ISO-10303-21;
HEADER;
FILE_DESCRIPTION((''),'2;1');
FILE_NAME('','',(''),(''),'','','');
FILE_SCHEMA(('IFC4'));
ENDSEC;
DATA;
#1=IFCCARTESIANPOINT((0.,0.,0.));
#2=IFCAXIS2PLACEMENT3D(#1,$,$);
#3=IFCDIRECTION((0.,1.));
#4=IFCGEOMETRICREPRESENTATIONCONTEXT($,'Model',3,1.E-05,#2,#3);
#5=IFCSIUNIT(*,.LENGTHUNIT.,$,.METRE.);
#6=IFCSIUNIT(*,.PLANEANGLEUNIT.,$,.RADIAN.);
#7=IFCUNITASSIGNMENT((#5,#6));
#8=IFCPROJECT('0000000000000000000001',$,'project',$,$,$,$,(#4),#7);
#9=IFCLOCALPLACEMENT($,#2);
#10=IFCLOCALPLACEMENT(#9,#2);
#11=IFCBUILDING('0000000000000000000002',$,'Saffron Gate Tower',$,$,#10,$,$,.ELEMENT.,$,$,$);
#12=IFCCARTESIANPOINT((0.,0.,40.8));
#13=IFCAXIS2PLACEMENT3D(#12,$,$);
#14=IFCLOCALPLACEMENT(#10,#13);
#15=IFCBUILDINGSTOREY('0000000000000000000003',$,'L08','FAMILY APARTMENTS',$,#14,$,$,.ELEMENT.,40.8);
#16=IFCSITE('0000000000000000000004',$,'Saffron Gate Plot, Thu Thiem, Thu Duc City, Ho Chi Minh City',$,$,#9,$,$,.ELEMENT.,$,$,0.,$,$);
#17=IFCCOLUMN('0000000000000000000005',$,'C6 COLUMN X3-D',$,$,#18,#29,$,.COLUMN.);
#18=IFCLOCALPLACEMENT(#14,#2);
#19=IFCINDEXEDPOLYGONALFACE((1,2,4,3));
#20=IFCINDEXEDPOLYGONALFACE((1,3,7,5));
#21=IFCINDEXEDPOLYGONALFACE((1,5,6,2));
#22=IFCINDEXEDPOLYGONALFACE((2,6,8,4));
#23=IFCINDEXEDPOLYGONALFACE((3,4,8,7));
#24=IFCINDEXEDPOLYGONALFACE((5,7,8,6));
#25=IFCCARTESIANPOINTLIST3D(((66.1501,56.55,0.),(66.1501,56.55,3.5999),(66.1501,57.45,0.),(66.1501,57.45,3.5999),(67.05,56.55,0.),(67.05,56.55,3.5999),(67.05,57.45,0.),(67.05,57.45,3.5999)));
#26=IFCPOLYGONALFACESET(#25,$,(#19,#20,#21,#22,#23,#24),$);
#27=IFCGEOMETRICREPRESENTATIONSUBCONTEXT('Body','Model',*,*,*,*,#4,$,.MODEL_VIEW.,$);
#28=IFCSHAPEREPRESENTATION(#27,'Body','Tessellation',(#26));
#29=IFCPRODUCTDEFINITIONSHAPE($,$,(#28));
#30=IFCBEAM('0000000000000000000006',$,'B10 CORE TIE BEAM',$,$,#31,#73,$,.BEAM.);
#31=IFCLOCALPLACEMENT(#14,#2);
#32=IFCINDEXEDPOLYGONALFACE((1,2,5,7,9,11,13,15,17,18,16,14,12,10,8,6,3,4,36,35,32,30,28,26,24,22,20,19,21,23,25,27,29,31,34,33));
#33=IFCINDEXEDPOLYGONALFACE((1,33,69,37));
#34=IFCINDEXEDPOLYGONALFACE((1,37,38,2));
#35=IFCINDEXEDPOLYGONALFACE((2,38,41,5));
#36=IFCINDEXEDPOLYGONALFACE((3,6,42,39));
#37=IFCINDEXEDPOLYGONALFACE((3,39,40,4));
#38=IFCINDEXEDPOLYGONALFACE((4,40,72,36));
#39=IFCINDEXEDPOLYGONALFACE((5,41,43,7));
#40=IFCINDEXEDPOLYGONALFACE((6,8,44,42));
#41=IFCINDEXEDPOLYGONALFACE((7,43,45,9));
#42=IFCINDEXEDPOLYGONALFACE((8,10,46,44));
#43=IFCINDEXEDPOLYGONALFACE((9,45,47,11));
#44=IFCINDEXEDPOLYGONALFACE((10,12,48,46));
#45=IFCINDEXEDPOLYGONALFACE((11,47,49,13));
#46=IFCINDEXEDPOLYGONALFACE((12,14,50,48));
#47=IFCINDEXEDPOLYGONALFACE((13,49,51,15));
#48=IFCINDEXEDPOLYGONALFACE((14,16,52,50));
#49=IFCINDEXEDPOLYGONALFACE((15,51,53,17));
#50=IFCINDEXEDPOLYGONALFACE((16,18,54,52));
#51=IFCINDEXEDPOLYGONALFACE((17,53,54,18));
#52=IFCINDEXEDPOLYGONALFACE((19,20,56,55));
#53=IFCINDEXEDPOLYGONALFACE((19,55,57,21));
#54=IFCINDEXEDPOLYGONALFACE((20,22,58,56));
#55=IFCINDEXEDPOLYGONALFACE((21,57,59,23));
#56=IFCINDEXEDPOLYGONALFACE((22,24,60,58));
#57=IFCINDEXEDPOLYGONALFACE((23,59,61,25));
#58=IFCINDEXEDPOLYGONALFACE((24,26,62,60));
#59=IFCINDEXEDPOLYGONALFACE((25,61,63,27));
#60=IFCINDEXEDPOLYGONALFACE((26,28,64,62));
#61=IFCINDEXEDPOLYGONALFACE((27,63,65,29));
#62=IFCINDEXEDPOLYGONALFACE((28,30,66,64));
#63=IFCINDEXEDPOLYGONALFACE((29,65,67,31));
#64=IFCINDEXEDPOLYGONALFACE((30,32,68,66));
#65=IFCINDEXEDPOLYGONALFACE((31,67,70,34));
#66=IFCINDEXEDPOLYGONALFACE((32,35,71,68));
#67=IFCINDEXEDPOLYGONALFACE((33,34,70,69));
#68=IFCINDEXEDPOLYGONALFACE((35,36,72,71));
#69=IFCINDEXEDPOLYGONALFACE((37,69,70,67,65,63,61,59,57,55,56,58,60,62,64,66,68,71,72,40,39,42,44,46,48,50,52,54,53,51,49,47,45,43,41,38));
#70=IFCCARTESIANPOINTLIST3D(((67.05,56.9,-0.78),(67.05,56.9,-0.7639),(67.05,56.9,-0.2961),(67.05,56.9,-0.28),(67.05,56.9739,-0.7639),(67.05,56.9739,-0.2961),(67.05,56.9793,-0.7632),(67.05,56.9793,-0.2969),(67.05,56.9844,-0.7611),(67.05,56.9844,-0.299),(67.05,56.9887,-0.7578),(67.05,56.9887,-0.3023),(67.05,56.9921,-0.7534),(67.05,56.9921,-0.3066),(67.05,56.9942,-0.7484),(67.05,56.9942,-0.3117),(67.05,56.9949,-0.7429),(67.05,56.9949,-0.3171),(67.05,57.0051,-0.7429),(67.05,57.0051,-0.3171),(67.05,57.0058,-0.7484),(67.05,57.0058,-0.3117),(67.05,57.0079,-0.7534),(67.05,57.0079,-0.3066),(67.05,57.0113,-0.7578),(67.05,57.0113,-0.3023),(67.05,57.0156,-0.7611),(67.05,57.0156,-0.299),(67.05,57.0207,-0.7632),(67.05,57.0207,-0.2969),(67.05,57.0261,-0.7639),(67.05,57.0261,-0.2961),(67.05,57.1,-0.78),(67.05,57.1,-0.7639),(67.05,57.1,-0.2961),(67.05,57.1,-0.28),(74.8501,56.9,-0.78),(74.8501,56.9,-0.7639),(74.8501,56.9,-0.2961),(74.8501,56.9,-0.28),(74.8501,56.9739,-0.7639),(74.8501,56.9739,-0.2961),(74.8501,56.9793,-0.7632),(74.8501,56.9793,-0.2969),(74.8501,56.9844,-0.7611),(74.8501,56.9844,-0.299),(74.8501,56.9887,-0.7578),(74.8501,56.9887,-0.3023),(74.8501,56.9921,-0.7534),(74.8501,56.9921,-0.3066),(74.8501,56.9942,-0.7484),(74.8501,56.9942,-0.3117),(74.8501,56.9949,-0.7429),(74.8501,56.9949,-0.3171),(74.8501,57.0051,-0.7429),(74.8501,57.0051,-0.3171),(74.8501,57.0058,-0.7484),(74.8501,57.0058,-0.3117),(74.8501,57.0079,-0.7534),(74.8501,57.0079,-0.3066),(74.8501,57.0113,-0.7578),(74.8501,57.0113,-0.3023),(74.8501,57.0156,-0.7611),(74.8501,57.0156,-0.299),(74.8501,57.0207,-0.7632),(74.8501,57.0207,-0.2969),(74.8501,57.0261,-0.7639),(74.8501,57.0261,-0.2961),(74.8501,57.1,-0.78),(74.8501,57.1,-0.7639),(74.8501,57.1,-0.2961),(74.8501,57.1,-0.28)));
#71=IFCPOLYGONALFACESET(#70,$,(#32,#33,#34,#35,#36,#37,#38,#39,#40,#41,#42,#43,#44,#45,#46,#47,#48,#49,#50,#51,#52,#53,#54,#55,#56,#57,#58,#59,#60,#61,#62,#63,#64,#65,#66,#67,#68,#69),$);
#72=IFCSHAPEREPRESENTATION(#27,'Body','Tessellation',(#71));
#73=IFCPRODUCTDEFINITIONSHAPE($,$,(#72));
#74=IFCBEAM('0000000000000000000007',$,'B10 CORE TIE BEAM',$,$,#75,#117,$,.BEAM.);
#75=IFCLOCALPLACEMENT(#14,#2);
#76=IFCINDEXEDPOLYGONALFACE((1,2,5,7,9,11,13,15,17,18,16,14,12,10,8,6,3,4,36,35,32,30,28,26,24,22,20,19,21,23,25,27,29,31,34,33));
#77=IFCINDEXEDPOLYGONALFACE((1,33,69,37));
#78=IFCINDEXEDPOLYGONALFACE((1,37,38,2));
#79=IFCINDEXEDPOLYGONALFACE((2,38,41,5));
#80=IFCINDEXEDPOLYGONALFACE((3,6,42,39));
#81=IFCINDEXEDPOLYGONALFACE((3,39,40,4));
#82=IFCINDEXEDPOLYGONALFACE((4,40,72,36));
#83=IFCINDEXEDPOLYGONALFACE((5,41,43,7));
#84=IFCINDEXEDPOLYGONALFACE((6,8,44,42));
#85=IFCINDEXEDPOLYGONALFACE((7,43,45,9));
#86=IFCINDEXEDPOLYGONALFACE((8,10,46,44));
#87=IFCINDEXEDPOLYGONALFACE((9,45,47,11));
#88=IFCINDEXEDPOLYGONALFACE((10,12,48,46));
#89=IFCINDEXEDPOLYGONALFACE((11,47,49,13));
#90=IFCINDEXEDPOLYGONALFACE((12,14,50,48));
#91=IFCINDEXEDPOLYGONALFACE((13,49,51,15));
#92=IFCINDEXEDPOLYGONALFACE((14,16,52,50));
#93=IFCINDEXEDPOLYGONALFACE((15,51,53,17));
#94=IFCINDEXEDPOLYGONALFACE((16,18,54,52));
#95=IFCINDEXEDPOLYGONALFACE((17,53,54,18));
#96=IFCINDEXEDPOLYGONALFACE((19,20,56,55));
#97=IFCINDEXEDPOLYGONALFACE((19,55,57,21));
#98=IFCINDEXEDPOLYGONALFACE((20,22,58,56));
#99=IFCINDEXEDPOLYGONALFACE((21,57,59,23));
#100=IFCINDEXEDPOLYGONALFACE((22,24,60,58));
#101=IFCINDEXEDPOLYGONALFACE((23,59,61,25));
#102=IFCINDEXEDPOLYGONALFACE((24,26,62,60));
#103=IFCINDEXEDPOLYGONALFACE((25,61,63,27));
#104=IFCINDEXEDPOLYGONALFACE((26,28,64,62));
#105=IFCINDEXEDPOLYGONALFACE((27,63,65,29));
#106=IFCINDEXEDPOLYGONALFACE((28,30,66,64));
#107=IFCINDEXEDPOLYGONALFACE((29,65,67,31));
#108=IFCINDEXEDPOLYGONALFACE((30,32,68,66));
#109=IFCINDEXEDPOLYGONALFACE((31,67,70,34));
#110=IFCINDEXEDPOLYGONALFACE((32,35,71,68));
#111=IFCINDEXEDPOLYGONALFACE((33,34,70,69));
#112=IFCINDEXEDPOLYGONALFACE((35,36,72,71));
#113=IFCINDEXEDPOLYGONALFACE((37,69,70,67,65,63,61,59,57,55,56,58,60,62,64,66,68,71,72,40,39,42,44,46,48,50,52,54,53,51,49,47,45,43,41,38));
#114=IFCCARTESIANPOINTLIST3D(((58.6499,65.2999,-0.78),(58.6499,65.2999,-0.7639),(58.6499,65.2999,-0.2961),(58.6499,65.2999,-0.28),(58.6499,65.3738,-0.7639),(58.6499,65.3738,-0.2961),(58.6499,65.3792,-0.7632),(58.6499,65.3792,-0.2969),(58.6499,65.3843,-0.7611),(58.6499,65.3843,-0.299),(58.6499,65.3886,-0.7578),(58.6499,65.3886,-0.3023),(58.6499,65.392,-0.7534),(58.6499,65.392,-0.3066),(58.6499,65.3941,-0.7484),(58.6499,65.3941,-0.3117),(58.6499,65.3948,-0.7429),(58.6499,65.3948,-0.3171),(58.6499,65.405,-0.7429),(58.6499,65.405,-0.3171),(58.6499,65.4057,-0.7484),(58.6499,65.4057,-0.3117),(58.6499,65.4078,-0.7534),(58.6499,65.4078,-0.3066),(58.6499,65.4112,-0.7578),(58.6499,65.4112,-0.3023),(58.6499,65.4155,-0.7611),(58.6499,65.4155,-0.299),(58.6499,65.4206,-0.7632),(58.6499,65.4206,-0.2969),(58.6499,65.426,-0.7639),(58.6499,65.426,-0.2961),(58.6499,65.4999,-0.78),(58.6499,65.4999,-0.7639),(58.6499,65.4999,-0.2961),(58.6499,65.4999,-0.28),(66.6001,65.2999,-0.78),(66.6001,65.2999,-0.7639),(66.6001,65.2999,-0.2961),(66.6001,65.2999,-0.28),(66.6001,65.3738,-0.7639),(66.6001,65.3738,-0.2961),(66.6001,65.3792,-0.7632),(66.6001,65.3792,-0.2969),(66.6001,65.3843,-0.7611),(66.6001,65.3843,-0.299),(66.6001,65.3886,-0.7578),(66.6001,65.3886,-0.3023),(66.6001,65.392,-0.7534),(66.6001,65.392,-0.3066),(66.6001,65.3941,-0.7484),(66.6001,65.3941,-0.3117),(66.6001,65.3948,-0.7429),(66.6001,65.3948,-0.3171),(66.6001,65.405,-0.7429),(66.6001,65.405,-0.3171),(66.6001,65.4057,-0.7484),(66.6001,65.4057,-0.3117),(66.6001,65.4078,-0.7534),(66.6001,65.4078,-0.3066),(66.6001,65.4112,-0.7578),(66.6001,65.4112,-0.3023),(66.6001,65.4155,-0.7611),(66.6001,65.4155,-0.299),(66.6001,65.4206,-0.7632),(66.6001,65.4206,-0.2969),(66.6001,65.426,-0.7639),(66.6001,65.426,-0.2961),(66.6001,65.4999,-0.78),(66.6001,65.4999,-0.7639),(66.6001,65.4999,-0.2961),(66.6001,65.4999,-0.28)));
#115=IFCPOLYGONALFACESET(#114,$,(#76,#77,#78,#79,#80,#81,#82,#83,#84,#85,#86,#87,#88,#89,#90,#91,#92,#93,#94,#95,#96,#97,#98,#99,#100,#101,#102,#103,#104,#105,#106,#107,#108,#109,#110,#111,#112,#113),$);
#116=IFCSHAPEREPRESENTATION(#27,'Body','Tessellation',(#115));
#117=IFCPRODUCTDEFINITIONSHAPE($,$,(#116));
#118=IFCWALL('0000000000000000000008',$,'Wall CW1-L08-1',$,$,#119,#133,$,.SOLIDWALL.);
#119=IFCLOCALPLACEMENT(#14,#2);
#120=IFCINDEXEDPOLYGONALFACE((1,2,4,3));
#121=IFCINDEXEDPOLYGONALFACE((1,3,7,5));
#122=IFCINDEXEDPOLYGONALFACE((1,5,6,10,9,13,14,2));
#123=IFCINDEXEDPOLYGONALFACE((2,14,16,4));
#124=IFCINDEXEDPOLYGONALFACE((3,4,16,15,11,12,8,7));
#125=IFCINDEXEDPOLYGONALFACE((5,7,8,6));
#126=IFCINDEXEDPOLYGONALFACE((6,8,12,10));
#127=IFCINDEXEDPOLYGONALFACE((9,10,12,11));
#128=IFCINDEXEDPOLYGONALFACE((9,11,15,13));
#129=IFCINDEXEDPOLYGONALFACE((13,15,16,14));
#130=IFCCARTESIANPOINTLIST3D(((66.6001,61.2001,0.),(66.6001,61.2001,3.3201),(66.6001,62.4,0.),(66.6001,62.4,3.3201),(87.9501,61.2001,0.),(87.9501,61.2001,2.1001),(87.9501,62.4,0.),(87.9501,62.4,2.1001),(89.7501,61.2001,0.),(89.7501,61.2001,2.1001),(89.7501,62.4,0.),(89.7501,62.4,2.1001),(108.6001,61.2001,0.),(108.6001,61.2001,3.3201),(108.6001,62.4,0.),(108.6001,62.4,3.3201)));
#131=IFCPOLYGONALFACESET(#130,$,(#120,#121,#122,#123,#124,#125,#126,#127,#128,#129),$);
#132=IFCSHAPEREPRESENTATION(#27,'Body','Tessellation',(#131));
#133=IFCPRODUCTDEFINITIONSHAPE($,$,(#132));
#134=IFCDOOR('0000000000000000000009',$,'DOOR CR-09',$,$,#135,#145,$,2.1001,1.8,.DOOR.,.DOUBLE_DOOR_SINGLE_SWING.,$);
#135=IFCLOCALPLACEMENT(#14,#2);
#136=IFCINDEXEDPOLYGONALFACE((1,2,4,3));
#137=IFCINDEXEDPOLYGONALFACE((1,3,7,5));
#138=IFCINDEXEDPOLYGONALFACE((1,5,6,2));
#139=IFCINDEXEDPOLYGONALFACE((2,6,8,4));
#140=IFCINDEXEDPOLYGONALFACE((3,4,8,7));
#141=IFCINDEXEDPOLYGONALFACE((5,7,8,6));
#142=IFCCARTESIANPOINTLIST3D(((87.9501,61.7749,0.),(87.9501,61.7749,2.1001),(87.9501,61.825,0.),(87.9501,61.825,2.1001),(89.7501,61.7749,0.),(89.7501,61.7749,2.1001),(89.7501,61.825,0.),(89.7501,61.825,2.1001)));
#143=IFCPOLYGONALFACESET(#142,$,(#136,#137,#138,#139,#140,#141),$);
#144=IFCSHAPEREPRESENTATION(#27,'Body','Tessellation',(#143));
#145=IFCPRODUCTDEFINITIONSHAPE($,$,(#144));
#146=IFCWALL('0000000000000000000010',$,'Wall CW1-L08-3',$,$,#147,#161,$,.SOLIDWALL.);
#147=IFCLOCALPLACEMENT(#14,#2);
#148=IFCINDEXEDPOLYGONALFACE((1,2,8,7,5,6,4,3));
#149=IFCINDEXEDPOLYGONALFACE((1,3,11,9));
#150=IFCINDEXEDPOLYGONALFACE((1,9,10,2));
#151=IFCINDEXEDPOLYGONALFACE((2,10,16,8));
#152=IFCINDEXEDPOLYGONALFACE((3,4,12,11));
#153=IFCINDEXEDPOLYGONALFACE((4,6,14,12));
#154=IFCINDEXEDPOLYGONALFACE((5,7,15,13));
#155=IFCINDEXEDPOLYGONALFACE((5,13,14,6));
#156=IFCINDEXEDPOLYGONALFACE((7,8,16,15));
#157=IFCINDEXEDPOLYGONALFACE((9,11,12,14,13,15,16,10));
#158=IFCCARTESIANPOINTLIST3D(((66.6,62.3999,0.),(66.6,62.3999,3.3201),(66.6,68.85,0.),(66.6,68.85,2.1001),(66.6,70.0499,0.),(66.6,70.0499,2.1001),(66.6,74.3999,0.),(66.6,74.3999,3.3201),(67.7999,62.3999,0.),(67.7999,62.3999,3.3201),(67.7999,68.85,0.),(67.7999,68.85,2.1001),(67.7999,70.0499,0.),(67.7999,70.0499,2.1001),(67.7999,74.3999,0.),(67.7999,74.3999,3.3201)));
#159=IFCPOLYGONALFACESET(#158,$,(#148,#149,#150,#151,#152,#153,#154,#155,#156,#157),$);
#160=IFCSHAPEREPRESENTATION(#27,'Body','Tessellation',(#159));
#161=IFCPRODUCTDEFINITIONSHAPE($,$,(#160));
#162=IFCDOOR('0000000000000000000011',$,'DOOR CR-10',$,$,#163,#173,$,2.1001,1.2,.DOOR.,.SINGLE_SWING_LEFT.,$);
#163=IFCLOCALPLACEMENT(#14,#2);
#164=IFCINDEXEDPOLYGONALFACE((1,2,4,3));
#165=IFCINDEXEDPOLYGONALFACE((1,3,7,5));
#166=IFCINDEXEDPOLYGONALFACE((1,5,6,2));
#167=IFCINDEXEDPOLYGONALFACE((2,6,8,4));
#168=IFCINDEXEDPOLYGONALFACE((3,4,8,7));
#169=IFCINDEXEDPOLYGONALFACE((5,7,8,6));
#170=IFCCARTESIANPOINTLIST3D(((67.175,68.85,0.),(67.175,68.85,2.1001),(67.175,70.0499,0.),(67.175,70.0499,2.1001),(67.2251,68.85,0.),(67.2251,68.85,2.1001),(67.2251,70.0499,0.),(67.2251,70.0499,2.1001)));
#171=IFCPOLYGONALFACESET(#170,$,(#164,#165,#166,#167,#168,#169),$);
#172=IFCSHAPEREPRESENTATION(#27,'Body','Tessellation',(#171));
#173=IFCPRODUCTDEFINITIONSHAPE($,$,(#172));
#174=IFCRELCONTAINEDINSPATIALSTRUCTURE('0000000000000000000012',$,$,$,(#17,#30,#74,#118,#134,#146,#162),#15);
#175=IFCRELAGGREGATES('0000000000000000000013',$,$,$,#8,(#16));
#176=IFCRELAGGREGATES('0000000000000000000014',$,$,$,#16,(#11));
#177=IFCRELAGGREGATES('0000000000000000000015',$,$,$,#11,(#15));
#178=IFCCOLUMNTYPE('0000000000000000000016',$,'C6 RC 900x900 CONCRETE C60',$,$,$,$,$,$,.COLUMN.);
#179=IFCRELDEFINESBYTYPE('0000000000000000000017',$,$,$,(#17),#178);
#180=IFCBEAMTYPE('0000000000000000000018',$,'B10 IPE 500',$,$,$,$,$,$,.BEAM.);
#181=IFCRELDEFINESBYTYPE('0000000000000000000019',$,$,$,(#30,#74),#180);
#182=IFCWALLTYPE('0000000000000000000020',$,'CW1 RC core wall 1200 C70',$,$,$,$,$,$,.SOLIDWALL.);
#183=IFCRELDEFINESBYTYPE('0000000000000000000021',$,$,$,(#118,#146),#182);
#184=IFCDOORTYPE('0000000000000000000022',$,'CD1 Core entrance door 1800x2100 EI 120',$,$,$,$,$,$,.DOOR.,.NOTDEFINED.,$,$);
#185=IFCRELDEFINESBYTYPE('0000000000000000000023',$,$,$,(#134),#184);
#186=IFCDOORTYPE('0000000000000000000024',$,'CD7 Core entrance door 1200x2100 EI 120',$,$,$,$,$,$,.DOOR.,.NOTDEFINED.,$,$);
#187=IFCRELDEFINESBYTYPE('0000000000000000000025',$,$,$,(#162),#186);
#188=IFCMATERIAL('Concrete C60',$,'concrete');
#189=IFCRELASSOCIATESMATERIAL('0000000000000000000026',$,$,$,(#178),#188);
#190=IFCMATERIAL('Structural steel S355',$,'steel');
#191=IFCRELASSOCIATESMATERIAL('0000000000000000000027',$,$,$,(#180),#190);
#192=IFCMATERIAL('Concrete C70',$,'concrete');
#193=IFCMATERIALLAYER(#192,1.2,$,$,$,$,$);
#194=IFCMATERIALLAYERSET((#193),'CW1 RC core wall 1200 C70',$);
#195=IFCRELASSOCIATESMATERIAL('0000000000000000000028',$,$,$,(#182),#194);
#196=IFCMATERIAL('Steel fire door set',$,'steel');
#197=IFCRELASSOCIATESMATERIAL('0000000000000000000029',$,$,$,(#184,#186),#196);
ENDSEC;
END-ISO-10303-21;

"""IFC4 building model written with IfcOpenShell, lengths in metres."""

from ifc_helpers import new_model, si_unit, direction, frame, frame_2d, origin, origin_2d, place, context, subcontext, project, spatial, rectangle, i_section, extrude, material, layer, layer_set, material_profile, profile_set, type_object, element, fill, save


model = new_model("IFC4")

# Units and contexts
model_context = context("Model", 3, precision=1e-05, world=origin(), true_north=direction((0.0, 1.0)))
body_context = subcontext(model_context, "Body", "Model", "MODEL_VIEW")
ifc_project = project(units=[si_unit("LENGTHUNIT", "METRE"), si_unit("PLANEANGLEUNIT", "RADIAN")], contexts=[model_context])

# Site, building, storey
site_placement = place(None, origin())
site = spatial("IfcSite", under=ifc_project, at=site_placement, Name="Saffron Gate Plot, Thu Thiem, Thu Duc City, Ho Chi Minh City", CompositionType="ELEMENT", RefElevation=0.0)
building_placement = place(site_placement, origin())
building = spatial("IfcBuilding", under=site, at=building_placement, Name="Saffron Gate Tower", CompositionType="ELEMENT")
storey_placement = place(building_placement, frame((0.0, 0.0, 40.8)))
storey = spatial("IfcBuildingStorey", under=building, at=storey_placement, Name="L08", Description="FAMILY APARTMENTS", CompositionType="ELEMENT", Elevation=40.8)

# Column
ifc_material_1 = material(Name="Concrete C60", Category="concrete")
ifc_material_profile_1 = material_profile(ifc_material_1, rectangle(XDim=0.8999, YDim=0.8999, at=origin_2d()))
ifc_profile_set_1 = profile_set([ifc_material_profile_1], Name="Concrete C60")
column_type = type_object("IfcColumnType", Name="C6 RC 900x900 CONCRETE C60", PredefinedType="COLUMN", material=ifc_profile_set_1)
column_placement = place(storey_placement, frame((66.6001, 57.0, 0.0), z_axis=(0.0, 0.0, 1.0), x_axis=(1.0, 0.0, 0.0)))
element("IfcColumn", 1, at=column_placement, inside=storey, type_object=column_type, Name="C6 COLUMN X3-D", PredefinedType="COLUMN", context=body_context, shape_type="SweptSolid", body=[
    extrude(rectangle(XDim=0.8999, YDim=0.8999, at=origin_2d()), origin(), (0.0, 0.0, 1.0), 3.5999),
])

# Beams
ifc_material_2 = material(Name="Structural steel S355", Category="steel")
ifc_material_profile_2 = material_profile(ifc_material_2, i_section(OverallWidth=0.2, OverallDepth=0.5, WebThickness=0.0103, FlangeThickness=0.0161, FilletRadius=0.021, at=origin_2d()))
ifc_profile_set_2 = profile_set([ifc_material_profile_2], Name="Structural steel S355")
beam_type = type_object("IfcBeamType", Name="B10 IPE 500", PredefinedType="BEAM", material=ifc_profile_set_2)
beam_1_placement = place(storey_placement, frame((67.05, 57.0, -0.53), z_axis=(1.0, 0.0, 0.0), x_axis=(0.0, 1.0, 0.0)))
element("IfcBeam", 2, at=beam_1_placement, inside=storey, type_object=beam_type, Name="B10 CORE TIE BEAM", PredefinedType="BEAM", context=body_context, shape_type="SweptSolid", body=[
    extrude(i_section(OverallWidth=0.2, OverallDepth=0.5, WebThickness=0.0103, FlangeThickness=0.0161, FilletRadius=0.021, at=origin_2d()), origin(), (0.0, 0.0, 1.0), 7.8),
])
beam_2_placement = place(storey_placement, frame((58.6499, 65.3999, -0.53), z_axis=(1.0, 0.0, 0.0), x_axis=(0.0, 1.0, 0.0)))
element("IfcBeam", 3, at=beam_2_placement, inside=storey, type_object=beam_type, Name="B10 CORE TIE BEAM", PredefinedType="BEAM", context=body_context, shape_type="SweptSolid", body=[
    extrude(i_section(OverallWidth=0.2, OverallDepth=0.5, WebThickness=0.0103, FlangeThickness=0.0161, FilletRadius=0.021, at=origin_2d()), origin(), (0.0, 0.0, 1.0), 7.9502),
])

# Walls, openings, doors
ifc_material_3 = material(Name="Concrete C70", Category="concrete")
ifc_layer_1 = layer(ifc_material_3, 1.2)
ifc_layer_set_1 = layer_set([ifc_layer_1], Name="CW1 RC core wall 1200 C70")
wall_type_1 = type_object("IfcWallType", Name="CW1 RC core wall 1200 C70", PredefinedType="SOLIDWALL", material=ifc_layer_set_1)
wall_1_placement = place(storey_placement, frame((66.6001, 61.8, 0.0), z_axis=(0.0, 0.0, 1.0), x_axis=(1.0, 0.0, 0.0)))
wall_1 = element("IfcWall", 4, at=wall_1_placement, inside=storey, type_object=wall_type_1, Name="Wall CW1-L08-1", PredefinedType="SOLIDWALL", context=body_context, shape_type="SweptSolid", body=[
    extrude(rectangle(XDim=42.0, YDim=1.2, at=frame_2d((21.0, 0.0))), origin(), (0.0, 0.0, 1.0), 3.3201),
])
opening_1_placement = place(wall_1_placement, frame((21.3501, 0.0, 0.0)))
opening_1 = element("IfcOpeningElement", 5, at=opening_1_placement, cuts=wall_1, PredefinedType="OPENING", context=body_context, shape_type="SweptSolid", body=[
    extrude(rectangle(XDim=1.8, YDim=2.1001, at=frame_2d((0.8999, 1.05))), frame((0.0, 0.6099, 0.0), z_axis=(0.0, -1.0, 0.0), x_axis=(1.0, 0.0, 0.0)), (0.0, 0.0, 1.0), 1.22),
])
ifc_material_4 = material(Name="Steel fire door set", Category="steel")
door_type_1 = type_object("IfcDoorType", Name="CD1 Core entrance door 1800x2100 EI 120", OperationType="NOTDEFINED", PredefinedType="DOOR", material=ifc_material_4)
door_1_placement = place(opening_1_placement, origin())
door_1 = element("IfcDoor", 6, at=door_1_placement, inside=storey, type_object=door_type_1, Name="DOOR CR-09", OperationType="DOUBLE_DOOR_SINGLE_SWING", OverallHeight=2.1001, OverallWidth=1.8, PredefinedType="DOOR", context=body_context, shape_type="SweptSolid", body=[
    extrude(rectangle(XDim=1.8, YDim=2.1001, at=frame_2d((0.8999, 1.05))), frame((0.0, 0.0249, 0.0), z_axis=(0.0, -1.0, 0.0), x_axis=(1.0, 0.0, 0.0)), (0.0, 0.0, 1.0), 0.05),
])
fill(opening_1, door_1)
wall_2_placement = place(storey_placement, frame((67.2, 62.3999, 0.0), z_axis=(0.0, 0.0, 1.0), x_axis=(0.0, 1.0, 0.0)))
wall_2 = element("IfcWall", 7, at=wall_2_placement, inside=storey, type_object=wall_type_1, Name="Wall CW1-L08-3", PredefinedType="SOLIDWALL", context=body_context, shape_type="SweptSolid", body=[
    extrude(rectangle(XDim=12.0, YDim=1.2, at=frame_2d((6.0, 0.0))), origin(), (0.0, 0.0, 1.0), 3.3201),
])
opening_2_placement = place(wall_2_placement, frame((6.45, 0.0, 0.0)))
opening_2 = element("IfcOpeningElement", 8, at=opening_2_placement, cuts=wall_2, PredefinedType="OPENING", context=body_context, shape_type="SweptSolid", body=[
    extrude(rectangle(XDim=1.2, YDim=2.1001, at=frame_2d((0.6001, 1.05))), frame((0.0, 0.6099, 0.0), z_axis=(0.0, -1.0, 0.0), x_axis=(1.0, 0.0, 0.0)), (0.0, 0.0, 1.0), 1.22),
])
door_type_2 = type_object("IfcDoorType", Name="CD7 Core entrance door 1200x2100 EI 120", OperationType="NOTDEFINED", PredefinedType="DOOR", material=ifc_material_4)
door_2_placement = place(opening_2_placement, origin())
door_2 = element("IfcDoor", 9, at=door_2_placement, inside=storey, type_object=door_type_2, Name="DOOR CR-10", OperationType="SINGLE_SWING_LEFT", OverallHeight=2.1001, OverallWidth=1.2, PredefinedType="DOOR", context=body_context, shape_type="SweptSolid", body=[
    extrude(rectangle(XDim=1.2, YDim=2.1001, at=frame_2d((0.6001, 1.05))), frame((0.0, 0.0249, 0.0), z_axis=(0.0, -1.0, 0.0), x_axis=(1.0, 0.0, 0.0)), (0.0, 0.0, 1.0), 0.05),
])
fill(opening_2, door_2)

save(model, "model.ifc")
